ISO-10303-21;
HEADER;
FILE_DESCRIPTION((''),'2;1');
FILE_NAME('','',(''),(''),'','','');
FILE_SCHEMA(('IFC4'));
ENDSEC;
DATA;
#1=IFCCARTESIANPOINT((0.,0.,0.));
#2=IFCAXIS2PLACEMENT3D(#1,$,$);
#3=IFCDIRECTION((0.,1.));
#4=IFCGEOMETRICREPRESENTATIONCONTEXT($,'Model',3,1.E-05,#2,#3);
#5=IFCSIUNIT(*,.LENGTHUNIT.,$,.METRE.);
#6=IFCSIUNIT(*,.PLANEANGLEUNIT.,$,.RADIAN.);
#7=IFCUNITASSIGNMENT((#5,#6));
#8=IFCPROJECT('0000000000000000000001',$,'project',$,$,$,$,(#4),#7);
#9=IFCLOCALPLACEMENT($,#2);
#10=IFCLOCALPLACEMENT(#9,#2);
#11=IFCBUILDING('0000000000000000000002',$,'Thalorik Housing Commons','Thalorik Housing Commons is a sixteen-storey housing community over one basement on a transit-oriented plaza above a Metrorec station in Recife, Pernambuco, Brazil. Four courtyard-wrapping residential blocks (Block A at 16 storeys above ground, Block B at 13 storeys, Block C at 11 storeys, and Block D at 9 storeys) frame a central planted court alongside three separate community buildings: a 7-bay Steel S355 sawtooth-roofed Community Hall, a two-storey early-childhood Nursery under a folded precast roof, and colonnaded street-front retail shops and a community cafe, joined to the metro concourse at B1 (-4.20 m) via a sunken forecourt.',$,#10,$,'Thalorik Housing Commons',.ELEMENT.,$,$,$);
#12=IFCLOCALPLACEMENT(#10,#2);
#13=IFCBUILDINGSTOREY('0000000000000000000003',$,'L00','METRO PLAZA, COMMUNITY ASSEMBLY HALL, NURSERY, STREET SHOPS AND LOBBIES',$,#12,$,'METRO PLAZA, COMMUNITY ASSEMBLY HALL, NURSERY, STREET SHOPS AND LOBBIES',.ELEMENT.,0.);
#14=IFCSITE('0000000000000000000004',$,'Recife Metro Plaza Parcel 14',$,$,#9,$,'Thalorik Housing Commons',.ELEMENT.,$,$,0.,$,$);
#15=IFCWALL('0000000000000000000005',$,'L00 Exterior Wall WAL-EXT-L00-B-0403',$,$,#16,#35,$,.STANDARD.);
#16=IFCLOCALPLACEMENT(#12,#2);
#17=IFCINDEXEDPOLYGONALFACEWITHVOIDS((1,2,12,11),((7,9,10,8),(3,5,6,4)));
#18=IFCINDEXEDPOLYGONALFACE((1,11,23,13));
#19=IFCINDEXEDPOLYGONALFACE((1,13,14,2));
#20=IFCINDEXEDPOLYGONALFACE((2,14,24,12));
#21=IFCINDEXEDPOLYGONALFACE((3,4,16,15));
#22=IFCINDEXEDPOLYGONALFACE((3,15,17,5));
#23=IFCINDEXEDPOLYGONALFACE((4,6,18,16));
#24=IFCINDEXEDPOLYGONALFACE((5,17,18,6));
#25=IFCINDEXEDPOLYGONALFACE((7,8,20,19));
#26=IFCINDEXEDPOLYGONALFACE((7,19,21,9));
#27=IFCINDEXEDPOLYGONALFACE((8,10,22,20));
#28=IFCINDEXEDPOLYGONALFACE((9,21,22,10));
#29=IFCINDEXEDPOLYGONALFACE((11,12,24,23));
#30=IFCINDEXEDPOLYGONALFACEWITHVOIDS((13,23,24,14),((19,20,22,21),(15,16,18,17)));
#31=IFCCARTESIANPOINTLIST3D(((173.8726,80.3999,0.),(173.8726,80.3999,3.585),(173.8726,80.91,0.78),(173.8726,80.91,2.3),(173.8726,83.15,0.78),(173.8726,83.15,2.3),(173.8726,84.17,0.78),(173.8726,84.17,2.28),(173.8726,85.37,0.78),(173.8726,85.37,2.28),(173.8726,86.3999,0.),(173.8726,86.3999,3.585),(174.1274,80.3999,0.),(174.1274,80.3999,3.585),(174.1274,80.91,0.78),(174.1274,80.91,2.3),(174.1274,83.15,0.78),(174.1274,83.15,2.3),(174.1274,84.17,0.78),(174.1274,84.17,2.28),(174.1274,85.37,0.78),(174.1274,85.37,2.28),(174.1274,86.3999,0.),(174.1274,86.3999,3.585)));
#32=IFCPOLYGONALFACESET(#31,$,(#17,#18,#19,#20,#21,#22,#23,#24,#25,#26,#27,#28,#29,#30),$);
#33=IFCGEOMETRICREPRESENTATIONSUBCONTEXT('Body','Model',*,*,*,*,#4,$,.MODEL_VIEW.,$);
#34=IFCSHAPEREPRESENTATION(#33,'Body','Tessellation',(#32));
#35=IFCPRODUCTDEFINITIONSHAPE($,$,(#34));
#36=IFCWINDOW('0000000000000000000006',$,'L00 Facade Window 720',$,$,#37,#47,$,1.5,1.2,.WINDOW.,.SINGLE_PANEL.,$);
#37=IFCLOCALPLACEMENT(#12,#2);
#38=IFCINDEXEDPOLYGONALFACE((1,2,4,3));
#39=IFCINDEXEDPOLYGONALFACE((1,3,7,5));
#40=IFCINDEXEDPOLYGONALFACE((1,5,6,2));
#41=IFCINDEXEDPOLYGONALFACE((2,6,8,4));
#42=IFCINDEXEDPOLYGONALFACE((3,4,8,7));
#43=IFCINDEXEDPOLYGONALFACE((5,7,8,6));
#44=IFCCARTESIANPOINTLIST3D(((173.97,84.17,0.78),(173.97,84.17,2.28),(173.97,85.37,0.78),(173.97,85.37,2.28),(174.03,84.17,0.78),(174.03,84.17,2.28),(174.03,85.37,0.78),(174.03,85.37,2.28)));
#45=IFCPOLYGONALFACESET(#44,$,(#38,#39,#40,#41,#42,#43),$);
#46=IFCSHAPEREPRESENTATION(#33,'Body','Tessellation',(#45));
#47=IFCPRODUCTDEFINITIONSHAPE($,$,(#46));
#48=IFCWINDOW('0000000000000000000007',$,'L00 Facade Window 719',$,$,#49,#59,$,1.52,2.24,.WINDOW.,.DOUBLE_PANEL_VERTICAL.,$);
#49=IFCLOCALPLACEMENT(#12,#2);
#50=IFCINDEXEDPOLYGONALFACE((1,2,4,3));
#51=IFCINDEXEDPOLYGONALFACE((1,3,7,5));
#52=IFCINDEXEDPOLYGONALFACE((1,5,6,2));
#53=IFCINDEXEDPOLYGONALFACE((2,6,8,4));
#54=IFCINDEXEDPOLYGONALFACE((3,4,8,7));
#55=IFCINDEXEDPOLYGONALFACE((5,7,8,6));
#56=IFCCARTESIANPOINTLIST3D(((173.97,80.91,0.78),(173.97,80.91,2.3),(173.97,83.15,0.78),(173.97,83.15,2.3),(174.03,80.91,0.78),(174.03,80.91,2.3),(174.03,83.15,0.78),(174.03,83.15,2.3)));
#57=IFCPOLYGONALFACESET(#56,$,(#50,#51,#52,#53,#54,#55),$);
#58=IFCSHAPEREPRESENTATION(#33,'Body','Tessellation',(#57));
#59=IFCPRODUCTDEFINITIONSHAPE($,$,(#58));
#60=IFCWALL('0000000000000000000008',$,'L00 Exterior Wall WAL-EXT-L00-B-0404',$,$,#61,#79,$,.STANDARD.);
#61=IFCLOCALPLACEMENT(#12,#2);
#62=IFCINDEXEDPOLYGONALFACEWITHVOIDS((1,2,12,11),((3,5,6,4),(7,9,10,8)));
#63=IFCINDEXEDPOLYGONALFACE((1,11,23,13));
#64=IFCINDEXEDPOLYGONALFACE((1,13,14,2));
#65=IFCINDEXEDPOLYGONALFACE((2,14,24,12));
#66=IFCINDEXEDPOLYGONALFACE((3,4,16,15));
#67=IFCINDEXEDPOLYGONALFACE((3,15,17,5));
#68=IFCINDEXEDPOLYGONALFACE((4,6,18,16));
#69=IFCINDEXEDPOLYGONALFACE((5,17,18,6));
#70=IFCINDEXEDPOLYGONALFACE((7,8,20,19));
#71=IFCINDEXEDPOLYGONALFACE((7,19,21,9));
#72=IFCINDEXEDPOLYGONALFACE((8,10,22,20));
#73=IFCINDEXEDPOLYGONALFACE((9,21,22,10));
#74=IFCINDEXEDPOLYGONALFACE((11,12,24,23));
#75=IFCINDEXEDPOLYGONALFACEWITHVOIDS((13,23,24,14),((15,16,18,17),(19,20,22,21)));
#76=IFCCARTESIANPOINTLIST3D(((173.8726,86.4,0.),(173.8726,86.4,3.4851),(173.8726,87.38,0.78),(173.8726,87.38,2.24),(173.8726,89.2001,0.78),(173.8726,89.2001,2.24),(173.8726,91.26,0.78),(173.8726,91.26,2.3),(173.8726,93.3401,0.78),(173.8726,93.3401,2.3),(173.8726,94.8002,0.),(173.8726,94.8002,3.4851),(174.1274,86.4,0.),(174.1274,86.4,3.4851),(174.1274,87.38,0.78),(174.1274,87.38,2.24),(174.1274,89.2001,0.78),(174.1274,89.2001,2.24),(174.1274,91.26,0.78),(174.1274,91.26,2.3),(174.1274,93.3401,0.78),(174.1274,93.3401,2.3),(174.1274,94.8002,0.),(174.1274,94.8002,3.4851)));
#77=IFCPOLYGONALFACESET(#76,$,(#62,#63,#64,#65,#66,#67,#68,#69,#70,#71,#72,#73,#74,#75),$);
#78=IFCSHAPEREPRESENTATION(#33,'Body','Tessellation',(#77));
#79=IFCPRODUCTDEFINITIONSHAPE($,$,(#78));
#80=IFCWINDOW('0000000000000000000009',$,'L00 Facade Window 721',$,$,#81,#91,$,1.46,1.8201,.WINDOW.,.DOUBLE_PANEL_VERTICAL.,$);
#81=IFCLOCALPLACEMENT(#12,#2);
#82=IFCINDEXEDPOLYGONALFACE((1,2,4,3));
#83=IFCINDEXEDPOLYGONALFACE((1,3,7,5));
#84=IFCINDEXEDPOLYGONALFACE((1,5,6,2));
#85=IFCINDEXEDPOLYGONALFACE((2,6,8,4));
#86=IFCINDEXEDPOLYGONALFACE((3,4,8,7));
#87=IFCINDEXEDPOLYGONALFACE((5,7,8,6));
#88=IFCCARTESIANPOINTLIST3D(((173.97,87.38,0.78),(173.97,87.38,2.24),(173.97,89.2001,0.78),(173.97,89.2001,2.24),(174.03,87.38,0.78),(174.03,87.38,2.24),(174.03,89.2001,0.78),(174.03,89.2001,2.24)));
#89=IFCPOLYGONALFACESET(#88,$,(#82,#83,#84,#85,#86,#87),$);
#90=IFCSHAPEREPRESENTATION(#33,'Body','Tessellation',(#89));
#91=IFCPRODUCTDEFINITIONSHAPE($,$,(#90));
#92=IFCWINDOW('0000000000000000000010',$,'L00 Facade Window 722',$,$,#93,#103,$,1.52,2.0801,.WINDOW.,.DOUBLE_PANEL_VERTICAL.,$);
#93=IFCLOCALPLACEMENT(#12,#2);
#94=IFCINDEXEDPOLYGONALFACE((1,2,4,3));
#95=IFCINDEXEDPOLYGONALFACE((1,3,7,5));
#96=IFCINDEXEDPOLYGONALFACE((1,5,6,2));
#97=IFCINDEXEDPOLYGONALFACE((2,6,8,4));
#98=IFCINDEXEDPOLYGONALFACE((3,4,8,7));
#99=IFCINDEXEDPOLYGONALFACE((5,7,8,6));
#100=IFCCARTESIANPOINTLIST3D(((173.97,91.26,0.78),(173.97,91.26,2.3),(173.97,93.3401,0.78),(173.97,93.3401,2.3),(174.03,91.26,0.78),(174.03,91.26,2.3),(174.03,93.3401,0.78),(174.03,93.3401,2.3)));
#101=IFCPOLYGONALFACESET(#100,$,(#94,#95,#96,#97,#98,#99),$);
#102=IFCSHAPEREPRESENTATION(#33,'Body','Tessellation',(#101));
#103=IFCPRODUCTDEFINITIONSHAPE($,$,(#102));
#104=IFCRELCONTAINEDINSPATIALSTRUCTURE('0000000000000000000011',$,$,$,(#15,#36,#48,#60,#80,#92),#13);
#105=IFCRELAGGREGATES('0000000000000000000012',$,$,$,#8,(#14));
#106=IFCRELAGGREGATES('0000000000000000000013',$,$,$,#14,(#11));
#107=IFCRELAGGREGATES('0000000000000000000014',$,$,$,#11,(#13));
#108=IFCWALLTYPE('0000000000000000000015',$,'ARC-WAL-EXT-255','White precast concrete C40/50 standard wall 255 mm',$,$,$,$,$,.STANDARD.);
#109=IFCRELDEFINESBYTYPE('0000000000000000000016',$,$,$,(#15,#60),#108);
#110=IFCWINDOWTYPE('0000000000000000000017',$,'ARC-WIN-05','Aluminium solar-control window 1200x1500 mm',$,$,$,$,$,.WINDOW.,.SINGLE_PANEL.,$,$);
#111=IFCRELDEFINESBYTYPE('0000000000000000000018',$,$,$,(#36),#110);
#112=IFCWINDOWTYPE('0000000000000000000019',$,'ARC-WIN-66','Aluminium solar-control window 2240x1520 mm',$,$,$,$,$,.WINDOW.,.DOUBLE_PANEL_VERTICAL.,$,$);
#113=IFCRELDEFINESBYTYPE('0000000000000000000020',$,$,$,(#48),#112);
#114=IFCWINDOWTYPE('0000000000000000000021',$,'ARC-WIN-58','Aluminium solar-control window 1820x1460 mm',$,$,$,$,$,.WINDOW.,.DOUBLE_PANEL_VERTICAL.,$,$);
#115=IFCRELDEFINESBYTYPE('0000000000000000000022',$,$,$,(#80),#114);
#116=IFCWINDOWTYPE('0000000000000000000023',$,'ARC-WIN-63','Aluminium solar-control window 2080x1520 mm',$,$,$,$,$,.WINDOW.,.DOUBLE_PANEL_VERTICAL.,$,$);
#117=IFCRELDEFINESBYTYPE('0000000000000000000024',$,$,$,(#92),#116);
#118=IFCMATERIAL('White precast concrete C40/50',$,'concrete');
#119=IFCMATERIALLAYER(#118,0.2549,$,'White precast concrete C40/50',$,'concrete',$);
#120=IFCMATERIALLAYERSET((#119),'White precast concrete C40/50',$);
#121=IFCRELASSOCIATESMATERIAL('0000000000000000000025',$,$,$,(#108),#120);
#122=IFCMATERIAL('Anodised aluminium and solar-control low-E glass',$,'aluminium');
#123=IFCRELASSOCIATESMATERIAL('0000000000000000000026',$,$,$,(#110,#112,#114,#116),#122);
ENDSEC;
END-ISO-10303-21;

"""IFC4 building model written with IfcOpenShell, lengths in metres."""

from ifc_helpers import new_model, si_unit, direction, frame, frame_2d, origin, place, context, subcontext, project, spatial, rectangle, extrude, material, layer, layer_set, type_object, element, fill, save


model = new_model("IFC4")

# Units and contexts
model_context = context("Model", 3, precision=1e-05, world=origin(), true_north=direction((0.0, 1.0)))
body_context = subcontext(model_context, "Body", "Model", "MODEL_VIEW")
ifc_project = project(units=[si_unit("LENGTHUNIT", "METRE"), si_unit("PLANEANGLEUNIT", "RADIAN")], contexts=[model_context])

# Site, building, storey
site_placement = place(None, origin())
site = spatial("IfcSite", under=ifc_project, at=site_placement, Name="Recife Metro Plaza Parcel 14", LongName="Thalorik Housing Commons", CompositionType="ELEMENT", RefElevation=0.0)
building_placement = place(site_placement, origin())
building = spatial("IfcBuilding", under=site, at=building_placement, Name="Thalorik Housing Commons", Description="Thalorik Housing Commons is a sixteen-storey housing community over one basement on a transit-oriented plaza above a Metrorec station in Recife, Pernambuco, Brazil. Four courtyard-wrapping residential blocks (Block A at 16 storeys above ground, Block B at 13 storeys, Block C at 11 storeys, and Block D at 9 storeys) frame a central planted court alongside three separate community buildings: a 7-bay Steel S355 sawtooth-roofed Community Hall, a two-storey early-childhood Nursery under a folded precast roof, and colonnaded street-front retail shops and a community cafe, joined to the metro concourse at B1 (-4.20 m) via a sunken forecourt.", LongName="Thalorik Housing Commons", CompositionType="ELEMENT")
storey_placement = place(building_placement, origin())
storey = spatial("IfcBuildingStorey", under=building, at=storey_placement, Name="L00", Description="METRO PLAZA, COMMUNITY ASSEMBLY HALL, NURSERY, STREET SHOPS AND LOBBIES", LongName="METRO PLAZA, COMMUNITY ASSEMBLY HALL, NURSERY, STREET SHOPS AND LOBBIES", CompositionType="ELEMENT", Elevation=0.0)

# Walls, openings, windows
ifc_material_1 = material(Name="White precast concrete C40/50", Category="concrete")
ifc_layer_1 = layer(ifc_material_1, 0.2549, Name="White precast concrete C40/50", Category="concrete")
ifc_layer_set_1 = layer_set([ifc_layer_1], Name="White precast concrete C40/50")
wall_type_1 = type_object("IfcWallType", Name="ARC-WAL-EXT-255", Description="White precast concrete C40/50 standard wall 255 mm", PredefinedType="STANDARD", material=ifc_layer_set_1)
wall_1_placement = place(storey_placement, frame((174.0, 80.3999, 0.0), z_axis=(0.0, 0.0, 1.0), x_axis=(0.0, 1.0, 0.0)))
wall_1 = element("IfcWall", 1, at=wall_1_placement, inside=storey, type_object=wall_type_1, Name="L00 Exterior Wall WAL-EXT-L00-B-0403", PredefinedType="STANDARD", context=body_context, shape_type="SweptSolid", body=[
    extrude(rectangle(XDim=6.0, YDim=0.2549, at=frame_2d((3.0, 0.0))), origin(), (0.0, 0.0, 1.0), 3.585),
])
opening_1_placement = place(wall_1_placement, frame((0.51, 0.0, 0.78)))
opening_1 = element("IfcOpeningElement", 2, at=opening_1_placement, cuts=wall_1, PredefinedType="OPENING", context=body_context, shape_type="SweptSolid", body=[
    extrude(rectangle(XDim=2.24, YDim=1.52, at=frame_2d((1.1201, 0.76))), frame((0.0, 0.1375, 0.0), z_axis=(0.0, -1.0, 0.0), x_axis=(1.0, 0.0, 0.0)), (0.0, 0.0, 1.0), 0.2749),
])
opening_2_placement = place(wall_1_placement, frame((3.77, 0.0, 0.78)))
opening_2 = element("IfcOpeningElement", 3, at=opening_2_placement, cuts=wall_1, PredefinedType="OPENING", context=body_context, shape_type="SweptSolid", body=[
    extrude(rectangle(XDim=1.2, YDim=1.5, at=frame_2d((0.6001, 0.75))), frame((0.0, 0.1375, 0.0), z_axis=(0.0, -1.0, 0.0), x_axis=(1.0, 0.0, 0.0)), (0.0, 0.0, 1.0), 0.2749),
])
ifc_material_2 = material(Name="Anodised aluminium and solar-control low-E glass", Category="aluminium")
window_type_1 = type_object("IfcWindowType", Name="ARC-WIN-05", Description="Aluminium solar-control window 1200x1500 mm", PartitioningType="SINGLE_PANEL", PredefinedType="WINDOW", material=ifc_material_2)
window_1_placement = place(opening_2_placement, origin())
window_1 = element("IfcWindow", 4, at=window_1_placement, inside=storey, type_object=window_type_1, Name="L00 Facade Window 720", OverallHeight=1.5, OverallWidth=1.2, PartitioningType="SINGLE_PANEL", PredefinedType="WINDOW", context=body_context, shape_type="SweptSolid", body=[
    extrude(rectangle(XDim=1.2, YDim=1.5, at=frame_2d((0.6001, 0.75))), frame((0.0, 0.03, 0.0), z_axis=(0.0, -1.0, 0.0), x_axis=(1.0, 0.0, 0.0)), (0.0, 0.0, 1.0), 0.0601),
])
fill(opening_2, window_1)
window_type_2 = type_object("IfcWindowType", Name="ARC-WIN-66", Description="Aluminium solar-control window 2240x1520 mm", PartitioningType="DOUBLE_PANEL_VERTICAL", PredefinedType="WINDOW", material=ifc_material_2)
window_2_placement = place(opening_1_placement, origin())
window_2 = element("IfcWindow", 5, at=window_2_placement, inside=storey, type_object=window_type_2, Name="L00 Facade Window 719", OverallHeight=1.52, OverallWidth=2.24, PartitioningType="DOUBLE_PANEL_VERTICAL", PredefinedType="WINDOW", context=body_context, shape_type="SweptSolid", body=[
    extrude(rectangle(XDim=2.24, YDim=1.52, at=frame_2d((1.1201, 0.76))), frame((0.0, 0.03, 0.0), z_axis=(0.0, -1.0, 0.0), x_axis=(1.0, 0.0, 0.0)), (0.0, 0.0, 1.0), 0.0601),
])
fill(opening_1, window_2)
wall_2_placement = place(storey_placement, frame((174.0, 86.3999, 0.0), z_axis=(0.0, 0.0, 1.0), x_axis=(0.0, 1.0, 0.0)))
wall_2 = element("IfcWall", 6, at=wall_2_placement, inside=storey, type_object=wall_type_1, Name="L00 Exterior Wall WAL-EXT-L00-B-0404", PredefinedType="STANDARD", context=body_context, shape_type="SweptSolid", body=[
    extrude(rectangle(XDim=8.4001, YDim=0.2549, at=frame_2d((4.2002, 0.0))), origin(), (0.0, 0.0, 1.0), 3.4851),
])
opening_3_placement = place(wall_2_placement, frame((0.98, 0.0, 0.78)))
opening_3 = element("IfcOpeningElement", 7, at=opening_3_placement, cuts=wall_2, PredefinedType="OPENING", context=body_context, shape_type="SweptSolid", body=[
    extrude(rectangle(XDim=1.8201, YDim=1.46, at=frame_2d((0.9102, 0.73))), frame((0.0, 0.1375, 0.0), z_axis=(0.0, -1.0, 0.0), x_axis=(1.0, 0.0, 0.0)), (0.0, 0.0, 1.0), 0.2749),
])
opening_4_placement = place(wall_2_placement, frame((4.8601, 0.0, 0.78)))
opening_4 = element("IfcOpeningElement", 8, at=opening_4_placement, cuts=wall_2, PredefinedType="OPENING", context=body_context, shape_type="SweptSolid", body=[
    extrude(rectangle(XDim=2.0801, YDim=1.52, at=frame_2d((1.04, 0.76))), frame((0.0, 0.1375, 0.0), z_axis=(0.0, -1.0, 0.0), x_axis=(1.0, 0.0, 0.0)), (0.0, 0.0, 1.0), 0.2749),
])
window_type_3 = type_object("IfcWindowType", Name="ARC-WIN-58", Description="Aluminium solar-control window 1820x1460 mm", PartitioningType="DOUBLE_PANEL_VERTICAL", PredefinedType="WINDOW", material=ifc_material_2)
window_3_placement = place(opening_3_placement, origin())
window_3 = element("IfcWindow", 9, at=window_3_placement, inside=storey, type_object=window_type_3, Name="L00 Facade Window 721", OverallHeight=1.46, OverallWidth=1.8201, PartitioningType="DOUBLE_PANEL_VERTICAL", PredefinedType="WINDOW", context=body_context, shape_type="SweptSolid", body=[
    extrude(rectangle(XDim=1.8201, YDim=1.46, at=frame_2d((0.9102, 0.73))), frame((0.0, 0.03, 0.0), z_axis=(0.0, -1.0, 0.0), x_axis=(1.0, 0.0, 0.0)), (0.0, 0.0, 1.0), 0.0601),
])
fill(opening_3, window_3)
window_type_4 = type_object("IfcWindowType", Name="ARC-WIN-63", Description="Aluminium solar-control window 2080x1520 mm", PartitioningType="DOUBLE_PANEL_VERTICAL", PredefinedType="WINDOW", material=ifc_material_2)
window_4_placement = place(opening_4_placement, origin())
window_4 = element("IfcWindow", 10, at=window_4_placement, inside=storey, type_object=window_type_4, Name="L00 Facade Window 722", OverallHeight=1.52, OverallWidth=2.0801, PartitioningType="DOUBLE_PANEL_VERTICAL", PredefinedType="WINDOW", context=body_context, shape_type="SweptSolid", body=[
    extrude(rectangle(XDim=2.0801, YDim=1.52, at=frame_2d((1.04, 0.76))), frame((0.0, 0.03, 0.0), z_axis=(0.0, -1.0, 0.0), x_axis=(1.0, 0.0, 0.0)), (0.0, 0.0, 1.0), 0.0601),
])
fill(opening_4, window_4)

save(model, "model.ifc")
